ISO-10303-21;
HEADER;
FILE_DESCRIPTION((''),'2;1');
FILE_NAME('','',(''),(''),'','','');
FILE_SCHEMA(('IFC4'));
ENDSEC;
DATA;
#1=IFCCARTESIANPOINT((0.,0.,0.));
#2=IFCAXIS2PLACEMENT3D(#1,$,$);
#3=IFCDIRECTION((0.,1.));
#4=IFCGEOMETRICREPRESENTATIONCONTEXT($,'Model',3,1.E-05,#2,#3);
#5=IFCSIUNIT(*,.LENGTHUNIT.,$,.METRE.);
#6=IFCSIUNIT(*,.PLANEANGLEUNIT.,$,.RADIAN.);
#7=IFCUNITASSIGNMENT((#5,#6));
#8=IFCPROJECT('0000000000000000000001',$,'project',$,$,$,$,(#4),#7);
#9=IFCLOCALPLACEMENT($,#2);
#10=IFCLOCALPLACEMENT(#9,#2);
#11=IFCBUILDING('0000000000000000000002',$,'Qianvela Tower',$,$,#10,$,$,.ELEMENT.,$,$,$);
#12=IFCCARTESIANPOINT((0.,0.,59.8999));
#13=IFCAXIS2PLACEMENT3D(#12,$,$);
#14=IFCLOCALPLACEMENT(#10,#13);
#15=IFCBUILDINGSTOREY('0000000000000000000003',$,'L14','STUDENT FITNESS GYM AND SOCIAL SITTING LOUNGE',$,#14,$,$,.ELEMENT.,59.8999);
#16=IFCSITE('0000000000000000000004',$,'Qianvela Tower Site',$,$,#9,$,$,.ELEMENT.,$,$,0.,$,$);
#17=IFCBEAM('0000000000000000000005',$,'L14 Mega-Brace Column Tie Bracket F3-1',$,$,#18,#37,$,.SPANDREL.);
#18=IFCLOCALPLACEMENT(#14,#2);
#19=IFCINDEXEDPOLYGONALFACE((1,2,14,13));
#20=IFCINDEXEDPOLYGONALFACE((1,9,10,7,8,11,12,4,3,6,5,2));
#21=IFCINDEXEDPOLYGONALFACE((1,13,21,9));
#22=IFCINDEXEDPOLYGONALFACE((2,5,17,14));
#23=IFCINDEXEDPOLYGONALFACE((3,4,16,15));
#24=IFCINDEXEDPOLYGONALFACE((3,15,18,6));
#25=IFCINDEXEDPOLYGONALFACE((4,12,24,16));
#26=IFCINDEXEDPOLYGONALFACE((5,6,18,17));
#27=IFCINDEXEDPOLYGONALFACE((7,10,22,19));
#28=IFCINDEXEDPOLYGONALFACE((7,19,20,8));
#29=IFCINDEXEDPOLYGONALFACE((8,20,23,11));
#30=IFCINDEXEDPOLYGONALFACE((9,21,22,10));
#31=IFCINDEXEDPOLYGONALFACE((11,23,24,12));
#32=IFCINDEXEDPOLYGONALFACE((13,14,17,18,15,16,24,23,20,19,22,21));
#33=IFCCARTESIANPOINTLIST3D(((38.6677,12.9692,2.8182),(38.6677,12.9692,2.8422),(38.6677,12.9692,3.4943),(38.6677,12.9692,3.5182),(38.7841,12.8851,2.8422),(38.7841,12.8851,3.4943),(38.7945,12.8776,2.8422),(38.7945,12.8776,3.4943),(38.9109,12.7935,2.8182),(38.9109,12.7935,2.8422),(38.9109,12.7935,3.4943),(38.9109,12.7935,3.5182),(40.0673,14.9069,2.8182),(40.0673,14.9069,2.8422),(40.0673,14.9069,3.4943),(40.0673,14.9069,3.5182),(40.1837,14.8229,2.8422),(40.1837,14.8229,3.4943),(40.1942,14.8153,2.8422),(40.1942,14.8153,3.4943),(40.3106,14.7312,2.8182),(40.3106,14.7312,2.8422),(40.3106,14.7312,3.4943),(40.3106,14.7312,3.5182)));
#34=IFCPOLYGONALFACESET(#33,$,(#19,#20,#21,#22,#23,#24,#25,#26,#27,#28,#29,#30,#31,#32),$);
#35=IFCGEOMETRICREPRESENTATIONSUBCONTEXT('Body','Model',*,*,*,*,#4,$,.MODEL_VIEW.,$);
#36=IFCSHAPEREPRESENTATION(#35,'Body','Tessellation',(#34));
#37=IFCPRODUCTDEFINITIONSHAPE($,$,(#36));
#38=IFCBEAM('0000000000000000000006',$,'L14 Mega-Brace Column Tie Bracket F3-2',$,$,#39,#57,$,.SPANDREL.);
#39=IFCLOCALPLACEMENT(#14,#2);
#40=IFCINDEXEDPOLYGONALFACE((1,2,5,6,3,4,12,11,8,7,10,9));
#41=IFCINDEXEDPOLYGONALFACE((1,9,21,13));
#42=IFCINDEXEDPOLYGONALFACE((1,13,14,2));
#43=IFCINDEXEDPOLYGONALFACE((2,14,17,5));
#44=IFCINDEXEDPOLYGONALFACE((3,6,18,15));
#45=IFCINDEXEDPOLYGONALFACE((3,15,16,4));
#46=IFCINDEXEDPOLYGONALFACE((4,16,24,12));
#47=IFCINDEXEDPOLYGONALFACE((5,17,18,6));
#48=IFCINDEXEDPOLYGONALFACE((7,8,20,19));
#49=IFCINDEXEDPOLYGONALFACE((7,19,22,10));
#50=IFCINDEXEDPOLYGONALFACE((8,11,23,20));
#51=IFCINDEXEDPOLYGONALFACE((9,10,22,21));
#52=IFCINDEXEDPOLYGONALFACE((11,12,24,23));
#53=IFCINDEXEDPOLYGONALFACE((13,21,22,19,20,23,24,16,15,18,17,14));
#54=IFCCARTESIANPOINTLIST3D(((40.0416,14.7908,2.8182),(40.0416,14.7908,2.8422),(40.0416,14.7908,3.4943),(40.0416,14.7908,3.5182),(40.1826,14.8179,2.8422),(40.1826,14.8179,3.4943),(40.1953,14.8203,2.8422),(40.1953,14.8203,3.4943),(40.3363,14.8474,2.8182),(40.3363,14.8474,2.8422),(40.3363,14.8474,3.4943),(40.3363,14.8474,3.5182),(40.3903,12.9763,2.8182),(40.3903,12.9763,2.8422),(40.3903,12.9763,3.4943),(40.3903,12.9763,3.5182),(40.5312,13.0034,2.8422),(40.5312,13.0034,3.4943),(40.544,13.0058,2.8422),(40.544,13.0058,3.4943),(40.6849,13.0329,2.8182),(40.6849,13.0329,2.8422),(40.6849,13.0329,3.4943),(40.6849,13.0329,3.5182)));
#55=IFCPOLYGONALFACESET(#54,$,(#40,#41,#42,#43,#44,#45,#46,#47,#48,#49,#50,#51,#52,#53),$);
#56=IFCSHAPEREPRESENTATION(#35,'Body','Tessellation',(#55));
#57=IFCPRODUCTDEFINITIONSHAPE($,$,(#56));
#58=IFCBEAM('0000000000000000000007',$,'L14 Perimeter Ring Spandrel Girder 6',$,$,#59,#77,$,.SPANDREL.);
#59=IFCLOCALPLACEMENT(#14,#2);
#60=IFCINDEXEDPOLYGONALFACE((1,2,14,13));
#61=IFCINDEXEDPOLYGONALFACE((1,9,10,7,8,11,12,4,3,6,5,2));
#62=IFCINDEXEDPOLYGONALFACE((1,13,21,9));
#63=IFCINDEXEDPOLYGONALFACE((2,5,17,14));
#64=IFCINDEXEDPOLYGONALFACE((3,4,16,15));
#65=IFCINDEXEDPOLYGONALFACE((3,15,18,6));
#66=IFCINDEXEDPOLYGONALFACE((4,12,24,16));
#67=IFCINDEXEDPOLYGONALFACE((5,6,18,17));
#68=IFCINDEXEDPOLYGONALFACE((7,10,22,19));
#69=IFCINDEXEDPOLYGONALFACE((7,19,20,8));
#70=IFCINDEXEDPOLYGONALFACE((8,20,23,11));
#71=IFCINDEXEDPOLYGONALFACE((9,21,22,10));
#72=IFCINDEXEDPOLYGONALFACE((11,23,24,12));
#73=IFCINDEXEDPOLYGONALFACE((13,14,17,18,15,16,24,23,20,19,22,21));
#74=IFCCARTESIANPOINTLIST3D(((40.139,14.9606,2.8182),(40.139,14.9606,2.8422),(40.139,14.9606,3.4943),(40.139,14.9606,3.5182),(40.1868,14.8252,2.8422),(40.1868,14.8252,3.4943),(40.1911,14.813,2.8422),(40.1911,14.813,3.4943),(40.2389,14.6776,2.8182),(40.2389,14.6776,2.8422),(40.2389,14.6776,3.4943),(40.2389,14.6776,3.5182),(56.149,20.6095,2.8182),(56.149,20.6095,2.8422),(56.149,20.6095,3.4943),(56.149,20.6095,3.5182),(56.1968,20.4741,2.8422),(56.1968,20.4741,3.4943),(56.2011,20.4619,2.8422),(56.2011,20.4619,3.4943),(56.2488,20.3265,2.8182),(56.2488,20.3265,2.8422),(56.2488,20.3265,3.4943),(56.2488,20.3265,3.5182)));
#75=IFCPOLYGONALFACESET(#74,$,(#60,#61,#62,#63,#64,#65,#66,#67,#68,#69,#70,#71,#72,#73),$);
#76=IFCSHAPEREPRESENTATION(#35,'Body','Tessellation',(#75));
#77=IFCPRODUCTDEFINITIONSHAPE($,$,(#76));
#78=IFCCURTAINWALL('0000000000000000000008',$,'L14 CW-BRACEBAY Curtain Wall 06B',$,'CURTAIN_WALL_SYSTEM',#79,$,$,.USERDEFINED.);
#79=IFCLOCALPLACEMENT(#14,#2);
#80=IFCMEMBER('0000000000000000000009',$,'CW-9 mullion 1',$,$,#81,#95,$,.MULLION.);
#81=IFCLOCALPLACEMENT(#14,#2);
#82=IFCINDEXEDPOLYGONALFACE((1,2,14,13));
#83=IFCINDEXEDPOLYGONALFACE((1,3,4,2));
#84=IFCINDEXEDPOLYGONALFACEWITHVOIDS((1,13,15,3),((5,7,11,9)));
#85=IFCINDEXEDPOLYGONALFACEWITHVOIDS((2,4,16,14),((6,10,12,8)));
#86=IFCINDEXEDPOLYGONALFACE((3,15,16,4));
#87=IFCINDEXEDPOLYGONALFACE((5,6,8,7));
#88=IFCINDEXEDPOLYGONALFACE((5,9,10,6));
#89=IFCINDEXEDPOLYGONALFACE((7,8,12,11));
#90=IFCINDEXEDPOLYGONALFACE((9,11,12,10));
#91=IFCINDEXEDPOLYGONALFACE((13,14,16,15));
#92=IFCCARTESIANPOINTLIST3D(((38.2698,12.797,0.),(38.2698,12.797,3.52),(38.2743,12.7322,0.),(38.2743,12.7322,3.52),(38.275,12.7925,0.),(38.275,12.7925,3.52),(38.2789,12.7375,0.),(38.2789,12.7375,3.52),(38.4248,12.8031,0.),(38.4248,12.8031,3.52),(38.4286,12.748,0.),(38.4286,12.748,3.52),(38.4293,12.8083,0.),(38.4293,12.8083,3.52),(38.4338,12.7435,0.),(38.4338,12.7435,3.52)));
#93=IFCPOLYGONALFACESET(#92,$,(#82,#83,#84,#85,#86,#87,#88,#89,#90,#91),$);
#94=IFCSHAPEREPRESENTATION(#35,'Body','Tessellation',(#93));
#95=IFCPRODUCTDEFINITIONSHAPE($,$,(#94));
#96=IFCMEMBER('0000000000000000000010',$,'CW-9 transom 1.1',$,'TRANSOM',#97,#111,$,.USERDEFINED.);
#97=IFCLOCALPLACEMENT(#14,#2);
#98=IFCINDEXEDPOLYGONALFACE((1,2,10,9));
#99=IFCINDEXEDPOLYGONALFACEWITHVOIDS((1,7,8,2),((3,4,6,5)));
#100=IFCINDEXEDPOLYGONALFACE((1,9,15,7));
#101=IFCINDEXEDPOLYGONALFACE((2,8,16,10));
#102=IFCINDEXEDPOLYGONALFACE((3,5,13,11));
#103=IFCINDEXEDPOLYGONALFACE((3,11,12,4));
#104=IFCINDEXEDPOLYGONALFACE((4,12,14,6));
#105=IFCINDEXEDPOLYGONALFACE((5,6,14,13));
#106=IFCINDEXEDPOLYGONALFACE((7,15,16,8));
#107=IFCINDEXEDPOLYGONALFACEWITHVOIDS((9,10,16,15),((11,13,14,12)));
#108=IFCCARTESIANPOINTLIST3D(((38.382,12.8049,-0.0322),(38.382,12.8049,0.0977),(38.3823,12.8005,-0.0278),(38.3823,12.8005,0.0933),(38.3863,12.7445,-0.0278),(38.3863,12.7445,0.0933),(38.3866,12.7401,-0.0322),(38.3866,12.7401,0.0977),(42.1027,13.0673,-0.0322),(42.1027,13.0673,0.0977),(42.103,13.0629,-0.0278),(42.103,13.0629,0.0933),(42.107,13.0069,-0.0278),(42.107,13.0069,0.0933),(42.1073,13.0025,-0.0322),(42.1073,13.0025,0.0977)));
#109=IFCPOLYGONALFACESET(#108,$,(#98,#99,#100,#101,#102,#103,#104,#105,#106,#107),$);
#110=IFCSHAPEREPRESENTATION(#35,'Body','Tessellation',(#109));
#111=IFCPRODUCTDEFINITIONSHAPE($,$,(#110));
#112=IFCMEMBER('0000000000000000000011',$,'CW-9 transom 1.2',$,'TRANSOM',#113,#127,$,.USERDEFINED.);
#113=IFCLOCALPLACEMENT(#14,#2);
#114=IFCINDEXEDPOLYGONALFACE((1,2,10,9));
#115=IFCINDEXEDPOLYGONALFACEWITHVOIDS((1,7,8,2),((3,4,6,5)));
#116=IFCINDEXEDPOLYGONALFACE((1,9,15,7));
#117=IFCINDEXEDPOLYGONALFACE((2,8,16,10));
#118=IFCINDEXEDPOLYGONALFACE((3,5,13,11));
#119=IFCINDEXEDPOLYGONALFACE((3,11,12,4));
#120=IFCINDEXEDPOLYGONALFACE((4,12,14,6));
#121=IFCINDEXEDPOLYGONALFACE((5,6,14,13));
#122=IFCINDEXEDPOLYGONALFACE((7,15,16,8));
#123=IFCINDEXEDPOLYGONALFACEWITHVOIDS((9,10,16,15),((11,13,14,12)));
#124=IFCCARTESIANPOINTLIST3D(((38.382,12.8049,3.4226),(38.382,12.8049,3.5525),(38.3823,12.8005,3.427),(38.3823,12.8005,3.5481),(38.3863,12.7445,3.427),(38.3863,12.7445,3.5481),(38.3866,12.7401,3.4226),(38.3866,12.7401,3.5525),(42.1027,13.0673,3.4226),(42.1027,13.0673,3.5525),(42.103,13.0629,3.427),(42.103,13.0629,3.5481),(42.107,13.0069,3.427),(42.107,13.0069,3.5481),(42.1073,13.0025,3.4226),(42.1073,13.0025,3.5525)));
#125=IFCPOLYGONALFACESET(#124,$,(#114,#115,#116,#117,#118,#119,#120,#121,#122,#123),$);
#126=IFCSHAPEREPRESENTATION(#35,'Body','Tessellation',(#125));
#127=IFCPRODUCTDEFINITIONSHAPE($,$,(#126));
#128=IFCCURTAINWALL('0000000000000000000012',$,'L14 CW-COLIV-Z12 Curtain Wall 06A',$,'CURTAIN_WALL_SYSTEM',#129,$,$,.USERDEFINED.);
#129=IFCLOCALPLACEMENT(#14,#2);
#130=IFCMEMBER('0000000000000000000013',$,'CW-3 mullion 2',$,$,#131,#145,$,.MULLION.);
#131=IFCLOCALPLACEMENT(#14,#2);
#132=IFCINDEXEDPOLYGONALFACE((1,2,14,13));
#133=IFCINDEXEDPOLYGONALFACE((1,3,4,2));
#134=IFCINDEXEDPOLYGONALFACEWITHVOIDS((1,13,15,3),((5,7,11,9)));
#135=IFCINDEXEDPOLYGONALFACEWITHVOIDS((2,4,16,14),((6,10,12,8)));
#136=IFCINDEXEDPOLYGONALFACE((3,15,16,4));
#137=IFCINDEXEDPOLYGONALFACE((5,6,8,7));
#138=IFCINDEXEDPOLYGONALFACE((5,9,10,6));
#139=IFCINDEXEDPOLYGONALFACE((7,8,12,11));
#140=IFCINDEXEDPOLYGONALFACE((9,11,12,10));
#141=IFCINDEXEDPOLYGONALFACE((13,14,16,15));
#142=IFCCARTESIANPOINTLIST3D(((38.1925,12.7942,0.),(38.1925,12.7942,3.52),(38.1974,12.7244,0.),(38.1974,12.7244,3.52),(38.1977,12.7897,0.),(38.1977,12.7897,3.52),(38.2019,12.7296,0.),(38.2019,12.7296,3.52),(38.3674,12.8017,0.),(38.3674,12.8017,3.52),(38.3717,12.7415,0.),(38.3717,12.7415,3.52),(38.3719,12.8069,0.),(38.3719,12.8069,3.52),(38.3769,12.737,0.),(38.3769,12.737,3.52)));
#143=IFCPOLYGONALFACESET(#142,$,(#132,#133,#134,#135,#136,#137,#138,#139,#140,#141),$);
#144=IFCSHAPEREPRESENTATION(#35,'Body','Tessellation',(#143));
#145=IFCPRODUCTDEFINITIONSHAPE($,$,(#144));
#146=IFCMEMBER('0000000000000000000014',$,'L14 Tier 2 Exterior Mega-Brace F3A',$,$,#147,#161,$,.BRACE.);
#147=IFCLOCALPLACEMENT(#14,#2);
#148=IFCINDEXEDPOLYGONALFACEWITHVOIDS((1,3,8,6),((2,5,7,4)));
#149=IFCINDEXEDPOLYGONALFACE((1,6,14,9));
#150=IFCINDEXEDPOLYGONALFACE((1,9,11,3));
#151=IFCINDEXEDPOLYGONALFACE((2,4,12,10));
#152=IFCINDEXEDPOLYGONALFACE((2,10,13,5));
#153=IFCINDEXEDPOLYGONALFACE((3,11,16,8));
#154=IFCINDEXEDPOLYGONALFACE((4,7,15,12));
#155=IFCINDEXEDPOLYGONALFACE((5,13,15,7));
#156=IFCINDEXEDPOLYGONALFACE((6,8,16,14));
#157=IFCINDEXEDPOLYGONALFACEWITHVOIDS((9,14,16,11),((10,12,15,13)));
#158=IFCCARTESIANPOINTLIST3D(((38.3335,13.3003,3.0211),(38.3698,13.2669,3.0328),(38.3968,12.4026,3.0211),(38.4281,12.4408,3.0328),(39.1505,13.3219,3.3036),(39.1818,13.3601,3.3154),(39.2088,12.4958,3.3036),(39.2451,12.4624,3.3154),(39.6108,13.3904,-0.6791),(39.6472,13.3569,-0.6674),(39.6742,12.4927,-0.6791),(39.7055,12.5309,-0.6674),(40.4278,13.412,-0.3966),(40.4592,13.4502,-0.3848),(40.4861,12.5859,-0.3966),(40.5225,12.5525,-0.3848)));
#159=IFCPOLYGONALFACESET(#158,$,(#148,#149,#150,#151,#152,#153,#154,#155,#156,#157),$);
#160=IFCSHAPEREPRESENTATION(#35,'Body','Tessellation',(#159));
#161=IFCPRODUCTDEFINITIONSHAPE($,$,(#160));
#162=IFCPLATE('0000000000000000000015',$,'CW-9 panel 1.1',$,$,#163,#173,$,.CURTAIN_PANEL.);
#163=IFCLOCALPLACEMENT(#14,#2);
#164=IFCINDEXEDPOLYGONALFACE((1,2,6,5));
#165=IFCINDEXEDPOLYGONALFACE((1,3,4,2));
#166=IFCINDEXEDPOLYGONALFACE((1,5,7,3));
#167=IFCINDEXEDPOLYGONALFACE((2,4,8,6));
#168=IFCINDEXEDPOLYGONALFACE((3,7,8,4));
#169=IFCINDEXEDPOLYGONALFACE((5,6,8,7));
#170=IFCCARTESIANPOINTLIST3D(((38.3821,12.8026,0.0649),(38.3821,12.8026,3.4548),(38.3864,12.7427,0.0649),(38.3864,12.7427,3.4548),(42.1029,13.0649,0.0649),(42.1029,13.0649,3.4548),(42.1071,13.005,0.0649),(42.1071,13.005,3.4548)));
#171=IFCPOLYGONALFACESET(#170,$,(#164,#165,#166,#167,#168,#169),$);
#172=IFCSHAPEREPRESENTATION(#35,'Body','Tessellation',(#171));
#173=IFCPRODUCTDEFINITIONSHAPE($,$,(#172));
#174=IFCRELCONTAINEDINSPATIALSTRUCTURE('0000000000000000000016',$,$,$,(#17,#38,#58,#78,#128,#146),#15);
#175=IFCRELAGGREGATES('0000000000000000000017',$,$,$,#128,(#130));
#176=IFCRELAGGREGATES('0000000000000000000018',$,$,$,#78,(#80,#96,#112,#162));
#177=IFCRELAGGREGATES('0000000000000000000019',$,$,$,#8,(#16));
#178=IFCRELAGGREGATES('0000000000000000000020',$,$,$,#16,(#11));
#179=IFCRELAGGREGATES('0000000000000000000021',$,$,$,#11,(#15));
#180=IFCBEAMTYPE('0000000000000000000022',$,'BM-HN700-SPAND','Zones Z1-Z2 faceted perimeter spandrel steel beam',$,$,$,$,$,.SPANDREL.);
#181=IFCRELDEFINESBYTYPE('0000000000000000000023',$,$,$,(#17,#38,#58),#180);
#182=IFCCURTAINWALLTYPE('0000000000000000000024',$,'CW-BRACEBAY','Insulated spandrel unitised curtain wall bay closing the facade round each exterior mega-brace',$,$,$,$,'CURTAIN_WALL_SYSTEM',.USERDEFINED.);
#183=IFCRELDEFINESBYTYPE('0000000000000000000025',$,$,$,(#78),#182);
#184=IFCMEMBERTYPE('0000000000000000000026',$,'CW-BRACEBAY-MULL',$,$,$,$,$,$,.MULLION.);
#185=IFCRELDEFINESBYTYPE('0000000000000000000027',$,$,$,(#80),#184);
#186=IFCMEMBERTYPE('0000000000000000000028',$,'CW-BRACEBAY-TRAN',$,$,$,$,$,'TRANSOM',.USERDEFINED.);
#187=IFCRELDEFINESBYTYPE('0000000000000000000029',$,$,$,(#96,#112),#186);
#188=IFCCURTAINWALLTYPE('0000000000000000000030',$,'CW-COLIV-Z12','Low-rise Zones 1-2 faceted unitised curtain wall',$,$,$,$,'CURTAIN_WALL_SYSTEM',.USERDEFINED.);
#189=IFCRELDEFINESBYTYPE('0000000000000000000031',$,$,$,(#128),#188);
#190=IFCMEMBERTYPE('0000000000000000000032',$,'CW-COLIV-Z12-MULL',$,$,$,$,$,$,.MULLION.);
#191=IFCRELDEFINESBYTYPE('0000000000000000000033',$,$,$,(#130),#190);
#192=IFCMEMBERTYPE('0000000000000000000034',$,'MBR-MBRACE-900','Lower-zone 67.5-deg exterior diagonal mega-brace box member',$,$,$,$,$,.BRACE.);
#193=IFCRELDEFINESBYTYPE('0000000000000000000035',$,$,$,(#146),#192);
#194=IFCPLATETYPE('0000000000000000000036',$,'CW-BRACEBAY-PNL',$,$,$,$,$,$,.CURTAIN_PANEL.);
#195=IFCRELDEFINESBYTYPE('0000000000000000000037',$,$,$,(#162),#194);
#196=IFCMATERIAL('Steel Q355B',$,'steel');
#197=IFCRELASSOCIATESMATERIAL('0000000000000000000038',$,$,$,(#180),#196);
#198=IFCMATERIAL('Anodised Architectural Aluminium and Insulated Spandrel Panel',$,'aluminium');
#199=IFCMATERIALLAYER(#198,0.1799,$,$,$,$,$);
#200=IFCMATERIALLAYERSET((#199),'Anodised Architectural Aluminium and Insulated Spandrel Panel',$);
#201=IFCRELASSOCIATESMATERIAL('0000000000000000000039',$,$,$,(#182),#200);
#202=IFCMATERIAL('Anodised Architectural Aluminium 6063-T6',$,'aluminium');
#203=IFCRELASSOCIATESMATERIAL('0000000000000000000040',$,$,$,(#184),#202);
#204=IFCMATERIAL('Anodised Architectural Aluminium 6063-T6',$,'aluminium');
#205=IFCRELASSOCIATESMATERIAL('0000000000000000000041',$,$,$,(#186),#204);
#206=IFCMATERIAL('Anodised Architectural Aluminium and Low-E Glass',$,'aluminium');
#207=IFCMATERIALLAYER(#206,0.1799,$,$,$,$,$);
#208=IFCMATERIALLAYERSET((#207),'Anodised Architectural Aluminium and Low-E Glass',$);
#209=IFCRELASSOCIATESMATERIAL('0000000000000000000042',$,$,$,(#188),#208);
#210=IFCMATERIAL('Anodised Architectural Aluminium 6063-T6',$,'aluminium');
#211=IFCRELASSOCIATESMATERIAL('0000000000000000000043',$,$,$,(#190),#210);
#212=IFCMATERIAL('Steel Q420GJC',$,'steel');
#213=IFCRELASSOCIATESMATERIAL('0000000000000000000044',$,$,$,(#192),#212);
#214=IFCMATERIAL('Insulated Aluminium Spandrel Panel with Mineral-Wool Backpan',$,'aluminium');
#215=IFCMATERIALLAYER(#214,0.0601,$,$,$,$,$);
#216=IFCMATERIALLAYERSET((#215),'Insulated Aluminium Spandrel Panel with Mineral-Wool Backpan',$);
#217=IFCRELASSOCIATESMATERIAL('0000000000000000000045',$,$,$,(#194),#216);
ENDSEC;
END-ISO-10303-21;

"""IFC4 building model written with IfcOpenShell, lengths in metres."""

from ifc_helpers import new_model, si_unit, direction, frame, origin, origin_2d, place, context, subcontext, project, spatial, rectangle, hollow_rectangle, i_section, extrude, material, layer, layer_set, material_profile, profile_set, type_object, element, aggregate, save


model = new_model("IFC4")

# Units and contexts
model_context = context("Model", 3, precision=1e-05, world=origin(), true_north=direction((0.0, 1.0)))
body_context = subcontext(model_context, "Body", "Model", "MODEL_VIEW")
ifc_project = project(units=[si_unit("LENGTHUNIT", "METRE"), si_unit("PLANEANGLEUNIT", "RADIAN")], contexts=[model_context])

# Site, building, storey
site_placement = place(None, origin())
site = spatial("IfcSite", under=ifc_project, at=site_placement, Name="Qianvela Tower Site", CompositionType="ELEMENT", RefElevation=0.0)
building_placement = place(site_placement, origin())
building = spatial("IfcBuilding", under=site, at=building_placement, Name="Qianvela Tower", CompositionType="ELEMENT")
storey_placement = place(building_placement, frame((0.0, 0.0, 59.8999)))
storey = spatial("IfcBuildingStorey", under=building, at=storey_placement, Name="L14", Description="STUDENT FITNESS GYM AND SOCIAL SITTING LOUNGE", CompositionType="ELEMENT", Elevation=59.8999)

# Beams
ifc_material_1 = material(Name="Steel Q355B", Category="steel")
ifc_material_profile_1 = material_profile(ifc_material_1, i_section(OverallWidth=0.3, OverallDepth=0.7, WebThickness=0.0129, FlangeThickness=0.0239, at=origin_2d()), Name="HN700x300x13x24")
ifc_profile_set_1 = profile_set([ifc_material_profile_1], Name="Steel Q355B")
beam_type_1 = type_object("IfcBeamType", Name="BM-HN700-SPAND", Description="Zones Z1-Z2 faceted perimeter spandrel steel beam", PredefinedType="SPANDREL", material=ifc_profile_set_1)
beam_1_placement = place(storey_placement, frame((40.189, 14.8191, 3.1682), z_axis=(-0.585539, -0.810644, 0.0), x_axis=(0.810644, -0.585539, 0.0)))
element("IfcBeam", 1, at=beam_1_placement, inside=storey, type_object=beam_type_1, Name="L14 Mega-Brace Column Tie Bracket F3-1", PredefinedType="SPANDREL", context=body_context, shape_type="SweptSolid", body=[
    extrude(i_section(OverallWidth=0.3, OverallDepth=0.7, WebThickness=0.0129, FlangeThickness=0.0239, at=origin_2d()), origin(), (0.0, 0.0, 1.0), 2.3904),
])
beam_2_placement = place(storey_placement, frame((40.189, 14.8191, 3.1682), z_axis=(0.188691, -0.982037, 0.0), x_axis=(0.982037, 0.188691, 0.0)))
element("IfcBeam", 2, at=beam_2_placement, inside=storey, type_object=beam_type_1, Name="L14 Mega-Brace Column Tie Bracket F3-2", PredefinedType="SPANDREL", context=body_context, shape_type="SweptSolid", body=[
    extrude(i_section(OverallWidth=0.3, OverallDepth=0.7, WebThickness=0.0129, FlangeThickness=0.0239, at=origin_2d()), origin(), (0.0, 0.0, 1.0), 1.8477),
])
beam_3_placement = place(storey_placement, frame((40.189, 14.8191, 3.1682), z_axis=(0.943021, 0.332733, 0.0), x_axis=(-0.332733, 0.943021, 0.0)))
element("IfcBeam", 3, at=beam_3_placement, inside=storey, type_object=beam_type_1, Name="L14 Perimeter Ring Spandrel Girder 6", PredefinedType="SPANDREL", context=body_context, shape_type="SweptSolid", body=[
    extrude(i_section(OverallWidth=0.3, OverallDepth=0.7, WebThickness=0.0129, FlangeThickness=0.0239, at=origin_2d()), origin(), (0.0, 0.0, 1.0), 16.9773),
])

# Curtain wall, members
ifc_material_2 = material(Name="Anodised Architectural Aluminium and Insulated Spandrel Panel", Category="aluminium")
ifc_layer_1 = layer(ifc_material_2, 0.1799)
ifc_layer_set_1 = layer_set([ifc_layer_1], Name="Anodised Architectural Aluminium and Insulated Spandrel Panel")
curtain_wall_type_1 = type_object("IfcCurtainWallType", Name="CW-BRACEBAY", Description="Insulated spandrel unitised curtain wall bay closing the facade round each exterior mega-brace", ElementType="CURTAIN_WALL_SYSTEM", PredefinedType="USERDEFINED", material=ifc_layer_set_1)
curtain_wall_1_placement = place(storey_placement, origin())
curtain_wall_1 = element("IfcCurtainWall", 4, at=curtain_wall_1_placement, inside=storey, type_object=curtain_wall_type_1, Name="L14 CW-BRACEBAY Curtain Wall 06B", ObjectType="CURTAIN_WALL_SYSTEM", PredefinedType="USERDEFINED")
ifc_material_3 = material(Name="Anodised Architectural Aluminium 6063-T6", Category="aluminium")
ifc_material_profile_2 = material_profile(ifc_material_3, hollow_rectangle(XDim=0.0649, YDim=0.1599, WallThickness=0.0049, at=origin_2d()), Name="ALU-MULL-65x160")
ifc_profile_set_2 = profile_set([ifc_material_profile_2], Name="Anodised Architectural Aluminium 6063-T6")
member_type_1 = type_object("IfcMemberType", Name="CW-BRACEBAY-MULL", PredefinedType="MULLION", material=ifc_profile_set_2)
member_1_placement = place(storey_placement, frame((38.3518, 12.7703, 0.0), z_axis=(0.0, 0.0, 1.0), x_axis=(-0.070338, 0.997523, 0.0)))
member_1 = element("IfcMember", 5, at=member_1_placement, type_object=member_type_1, Name="CW-9 mullion 1", PredefinedType="MULLION", context=body_context, shape_type="SweptSolid", body=[
    extrude(hollow_rectangle(XDim=0.0649, YDim=0.1599, WallThickness=0.0049, at=origin_2d()), origin(), (0.0, 0.0, 1.0), 3.52),
])
ifc_material_4 = material(Name="Anodised Architectural Aluminium 6063-T6", Category="aluminium")
ifc_material_profile_3 = material_profile(ifc_material_4, hollow_rectangle(XDim=0.0649, YDim=0.1299, WallThickness=0.0044, at=origin_2d()), Name="ALU-TRAN-65x130")
ifc_profile_set_3 = profile_set([ifc_material_profile_3], Name="Anodised Architectural Aluminium 6063-T6")
member_type_2 = type_object("IfcMemberType", Name="CW-BRACEBAY-TRAN", ElementType="TRANSOM", PredefinedType="USERDEFINED", material=ifc_profile_set_3)
member_2_placement = place(storey_placement, frame((38.3843, 12.7725, 0.0327), z_axis=(0.997521, 0.070363, 0.0), x_axis=(-0.070363, 0.997521, 0.0)))
member_2 = element("IfcMember", 6, at=member_2_placement, type_object=member_type_2, Name="CW-9 transom 1.1", ObjectType="TRANSOM", PredefinedType="USERDEFINED", context=body_context, shape_type="SweptSolid", body=[
    extrude(hollow_rectangle(XDim=0.0649, YDim=0.1299, WallThickness=0.0044, at=origin_2d()), origin(), (0.0, 0.0, 1.0), 3.73),
])
member_3_placement = place(storey_placement, frame((38.3843, 12.7725, 3.4875), z_axis=(0.997521, 0.070363, 0.0), x_axis=(-0.070363, 0.997521, 0.0)))
member_3 = element("IfcMember", 7, at=member_3_placement, type_object=member_type_2, Name="CW-9 transom 1.2", ObjectType="TRANSOM", PredefinedType="USERDEFINED", context=body_context, shape_type="SweptSolid", body=[
    extrude(hollow_rectangle(XDim=0.0649, YDim=0.1299, WallThickness=0.0044, at=origin_2d()), origin(), (0.0, 0.0, 1.0), 3.73),
])

# Curtain wall, member
ifc_material_5 = material(Name="Anodised Architectural Aluminium and Low-E Glass", Category="aluminium")
ifc_layer_2 = layer(ifc_material_5, 0.1799)
ifc_layer_set_2 = layer_set([ifc_layer_2], Name="Anodised Architectural Aluminium and Low-E Glass")
curtain_wall_type_2 = type_object("IfcCurtainWallType", Name="CW-COLIV-Z12", Description="Low-rise Zones 1-2 faceted unitised curtain wall", ElementType="CURTAIN_WALL_SYSTEM", PredefinedType="USERDEFINED", material=ifc_layer_set_2)
curtain_wall_2_placement = place(storey_placement, origin())
curtain_wall_2 = element("IfcCurtainWall", 8, at=curtain_wall_2_placement, inside=storey, type_object=curtain_wall_type_2, Name="L14 CW-COLIV-Z12 Curtain Wall 06A", ObjectType="CURTAIN_WALL_SYSTEM", PredefinedType="USERDEFINED")
ifc_material_6 = material(Name="Anodised Architectural Aluminium 6063-T6", Category="aluminium")
ifc_material_profile_4 = material_profile(ifc_material_6, hollow_rectangle(XDim=0.0701, YDim=0.1799, WallThickness=0.0049, at=origin_2d()), Name="ALU-MULL-70x180")
ifc_profile_set_4 = profile_set([ifc_material_profile_4], Name="Anodised Architectural Aluminium 6063-T6")
member_type_3 = type_object("IfcMemberType", Name="CW-COLIV-Z12-MULL", PredefinedType="MULLION", material=ifc_profile_set_4)
member_4_placement = place(storey_placement, frame((38.2847, 12.7656, 0.0), z_axis=(0.0, 0.0, 1.0), x_axis=(-0.07033, 0.997524, 0.0)))
member_4 = element("IfcMember", 9, at=member_4_placement, type_object=member_type_3, Name="CW-3 mullion 2", PredefinedType="MULLION", context=body_context, shape_type="SweptSolid", body=[
    extrude(hollow_rectangle(XDim=0.0701, YDim=0.1799, WallThickness=0.0049, at=origin_2d()), origin(), (0.0, 0.0, 1.0), 3.52),
])
aggregate(curtain_wall_2, [member_4])

# Member
ifc_material_7 = material(Name="Steel Q420GJC", Category="steel")
ifc_material_profile_5 = material_profile(ifc_material_7, hollow_rectangle(XDim=0.8999, YDim=0.8999, WallThickness=0.0359, at=origin_2d()), Name="MBOX-900x900x36")
ifc_profile_set_5 = profile_set([ifc_material_profile_5], Name="Steel Q420GJC")
member_type_4 = type_object("IfcMemberType", Name="MBR-MBRACE-900", Description="Lower-zone 67.5-deg exterior diagonal mega-brace box member", PredefinedType="BRACE", material=ifc_profile_set_5)
member_5_placement = place(storey_placement, frame((40.0667, 12.9714, -0.532), z_axis=(-0.326227, -0.023008, 0.945011), x_axis=(0.070353, -0.997522, 0.0)))
element("IfcMember", 10, at=member_5_placement, inside=storey, type_object=member_type_4, Name="L14 Tier 2 Exterior Mega-Brace F3A", PredefinedType="BRACE", context=body_context, shape_type="SweptSolid", body=[
    extrude(hollow_rectangle(XDim=0.8999, YDim=0.8999, WallThickness=0.0359, at=origin_2d()), origin(), (0.0, 0.0, 1.0), 3.9155),
])

# Plate
ifc_material_8 = material(Name="Insulated Aluminium Spandrel Panel with Mineral-Wool Backpan", Category="aluminium")
ifc_layer_3 = layer(ifc_material_8, 0.0601)
ifc_layer_set_3 = layer_set([ifc_layer_3], Name="Insulated Aluminium Spandrel Panel with Mineral-Wool Backpan")
plate_type_1 = type_object("IfcPlateType", Name="CW-BRACEBAY-PNL", PredefinedType="CURTAIN_PANEL", material=ifc_layer_set_3)
plate_placement = place(storey_placement, frame((40.2446, 12.9038, 0.0649), z_axis=(0.0, 0.0, 1.0), x_axis=(0.997523, 0.070338, 0.0)))
plate = element("IfcPlate", 11, at=plate_placement, type_object=plate_type_1, Name="CW-9 panel 1.1", PredefinedType="CURTAIN_PANEL", context=body_context, shape_type="SweptSolid", body=[
    extrude(rectangle(XDim=3.73, YDim=0.0601, at=origin_2d()), origin(), (0.0, 0.0, 1.0), 3.3899),
])
aggregate(curtain_wall_1, [member_1, member_2, member_3, plate])

save(model, "model.ifc")
